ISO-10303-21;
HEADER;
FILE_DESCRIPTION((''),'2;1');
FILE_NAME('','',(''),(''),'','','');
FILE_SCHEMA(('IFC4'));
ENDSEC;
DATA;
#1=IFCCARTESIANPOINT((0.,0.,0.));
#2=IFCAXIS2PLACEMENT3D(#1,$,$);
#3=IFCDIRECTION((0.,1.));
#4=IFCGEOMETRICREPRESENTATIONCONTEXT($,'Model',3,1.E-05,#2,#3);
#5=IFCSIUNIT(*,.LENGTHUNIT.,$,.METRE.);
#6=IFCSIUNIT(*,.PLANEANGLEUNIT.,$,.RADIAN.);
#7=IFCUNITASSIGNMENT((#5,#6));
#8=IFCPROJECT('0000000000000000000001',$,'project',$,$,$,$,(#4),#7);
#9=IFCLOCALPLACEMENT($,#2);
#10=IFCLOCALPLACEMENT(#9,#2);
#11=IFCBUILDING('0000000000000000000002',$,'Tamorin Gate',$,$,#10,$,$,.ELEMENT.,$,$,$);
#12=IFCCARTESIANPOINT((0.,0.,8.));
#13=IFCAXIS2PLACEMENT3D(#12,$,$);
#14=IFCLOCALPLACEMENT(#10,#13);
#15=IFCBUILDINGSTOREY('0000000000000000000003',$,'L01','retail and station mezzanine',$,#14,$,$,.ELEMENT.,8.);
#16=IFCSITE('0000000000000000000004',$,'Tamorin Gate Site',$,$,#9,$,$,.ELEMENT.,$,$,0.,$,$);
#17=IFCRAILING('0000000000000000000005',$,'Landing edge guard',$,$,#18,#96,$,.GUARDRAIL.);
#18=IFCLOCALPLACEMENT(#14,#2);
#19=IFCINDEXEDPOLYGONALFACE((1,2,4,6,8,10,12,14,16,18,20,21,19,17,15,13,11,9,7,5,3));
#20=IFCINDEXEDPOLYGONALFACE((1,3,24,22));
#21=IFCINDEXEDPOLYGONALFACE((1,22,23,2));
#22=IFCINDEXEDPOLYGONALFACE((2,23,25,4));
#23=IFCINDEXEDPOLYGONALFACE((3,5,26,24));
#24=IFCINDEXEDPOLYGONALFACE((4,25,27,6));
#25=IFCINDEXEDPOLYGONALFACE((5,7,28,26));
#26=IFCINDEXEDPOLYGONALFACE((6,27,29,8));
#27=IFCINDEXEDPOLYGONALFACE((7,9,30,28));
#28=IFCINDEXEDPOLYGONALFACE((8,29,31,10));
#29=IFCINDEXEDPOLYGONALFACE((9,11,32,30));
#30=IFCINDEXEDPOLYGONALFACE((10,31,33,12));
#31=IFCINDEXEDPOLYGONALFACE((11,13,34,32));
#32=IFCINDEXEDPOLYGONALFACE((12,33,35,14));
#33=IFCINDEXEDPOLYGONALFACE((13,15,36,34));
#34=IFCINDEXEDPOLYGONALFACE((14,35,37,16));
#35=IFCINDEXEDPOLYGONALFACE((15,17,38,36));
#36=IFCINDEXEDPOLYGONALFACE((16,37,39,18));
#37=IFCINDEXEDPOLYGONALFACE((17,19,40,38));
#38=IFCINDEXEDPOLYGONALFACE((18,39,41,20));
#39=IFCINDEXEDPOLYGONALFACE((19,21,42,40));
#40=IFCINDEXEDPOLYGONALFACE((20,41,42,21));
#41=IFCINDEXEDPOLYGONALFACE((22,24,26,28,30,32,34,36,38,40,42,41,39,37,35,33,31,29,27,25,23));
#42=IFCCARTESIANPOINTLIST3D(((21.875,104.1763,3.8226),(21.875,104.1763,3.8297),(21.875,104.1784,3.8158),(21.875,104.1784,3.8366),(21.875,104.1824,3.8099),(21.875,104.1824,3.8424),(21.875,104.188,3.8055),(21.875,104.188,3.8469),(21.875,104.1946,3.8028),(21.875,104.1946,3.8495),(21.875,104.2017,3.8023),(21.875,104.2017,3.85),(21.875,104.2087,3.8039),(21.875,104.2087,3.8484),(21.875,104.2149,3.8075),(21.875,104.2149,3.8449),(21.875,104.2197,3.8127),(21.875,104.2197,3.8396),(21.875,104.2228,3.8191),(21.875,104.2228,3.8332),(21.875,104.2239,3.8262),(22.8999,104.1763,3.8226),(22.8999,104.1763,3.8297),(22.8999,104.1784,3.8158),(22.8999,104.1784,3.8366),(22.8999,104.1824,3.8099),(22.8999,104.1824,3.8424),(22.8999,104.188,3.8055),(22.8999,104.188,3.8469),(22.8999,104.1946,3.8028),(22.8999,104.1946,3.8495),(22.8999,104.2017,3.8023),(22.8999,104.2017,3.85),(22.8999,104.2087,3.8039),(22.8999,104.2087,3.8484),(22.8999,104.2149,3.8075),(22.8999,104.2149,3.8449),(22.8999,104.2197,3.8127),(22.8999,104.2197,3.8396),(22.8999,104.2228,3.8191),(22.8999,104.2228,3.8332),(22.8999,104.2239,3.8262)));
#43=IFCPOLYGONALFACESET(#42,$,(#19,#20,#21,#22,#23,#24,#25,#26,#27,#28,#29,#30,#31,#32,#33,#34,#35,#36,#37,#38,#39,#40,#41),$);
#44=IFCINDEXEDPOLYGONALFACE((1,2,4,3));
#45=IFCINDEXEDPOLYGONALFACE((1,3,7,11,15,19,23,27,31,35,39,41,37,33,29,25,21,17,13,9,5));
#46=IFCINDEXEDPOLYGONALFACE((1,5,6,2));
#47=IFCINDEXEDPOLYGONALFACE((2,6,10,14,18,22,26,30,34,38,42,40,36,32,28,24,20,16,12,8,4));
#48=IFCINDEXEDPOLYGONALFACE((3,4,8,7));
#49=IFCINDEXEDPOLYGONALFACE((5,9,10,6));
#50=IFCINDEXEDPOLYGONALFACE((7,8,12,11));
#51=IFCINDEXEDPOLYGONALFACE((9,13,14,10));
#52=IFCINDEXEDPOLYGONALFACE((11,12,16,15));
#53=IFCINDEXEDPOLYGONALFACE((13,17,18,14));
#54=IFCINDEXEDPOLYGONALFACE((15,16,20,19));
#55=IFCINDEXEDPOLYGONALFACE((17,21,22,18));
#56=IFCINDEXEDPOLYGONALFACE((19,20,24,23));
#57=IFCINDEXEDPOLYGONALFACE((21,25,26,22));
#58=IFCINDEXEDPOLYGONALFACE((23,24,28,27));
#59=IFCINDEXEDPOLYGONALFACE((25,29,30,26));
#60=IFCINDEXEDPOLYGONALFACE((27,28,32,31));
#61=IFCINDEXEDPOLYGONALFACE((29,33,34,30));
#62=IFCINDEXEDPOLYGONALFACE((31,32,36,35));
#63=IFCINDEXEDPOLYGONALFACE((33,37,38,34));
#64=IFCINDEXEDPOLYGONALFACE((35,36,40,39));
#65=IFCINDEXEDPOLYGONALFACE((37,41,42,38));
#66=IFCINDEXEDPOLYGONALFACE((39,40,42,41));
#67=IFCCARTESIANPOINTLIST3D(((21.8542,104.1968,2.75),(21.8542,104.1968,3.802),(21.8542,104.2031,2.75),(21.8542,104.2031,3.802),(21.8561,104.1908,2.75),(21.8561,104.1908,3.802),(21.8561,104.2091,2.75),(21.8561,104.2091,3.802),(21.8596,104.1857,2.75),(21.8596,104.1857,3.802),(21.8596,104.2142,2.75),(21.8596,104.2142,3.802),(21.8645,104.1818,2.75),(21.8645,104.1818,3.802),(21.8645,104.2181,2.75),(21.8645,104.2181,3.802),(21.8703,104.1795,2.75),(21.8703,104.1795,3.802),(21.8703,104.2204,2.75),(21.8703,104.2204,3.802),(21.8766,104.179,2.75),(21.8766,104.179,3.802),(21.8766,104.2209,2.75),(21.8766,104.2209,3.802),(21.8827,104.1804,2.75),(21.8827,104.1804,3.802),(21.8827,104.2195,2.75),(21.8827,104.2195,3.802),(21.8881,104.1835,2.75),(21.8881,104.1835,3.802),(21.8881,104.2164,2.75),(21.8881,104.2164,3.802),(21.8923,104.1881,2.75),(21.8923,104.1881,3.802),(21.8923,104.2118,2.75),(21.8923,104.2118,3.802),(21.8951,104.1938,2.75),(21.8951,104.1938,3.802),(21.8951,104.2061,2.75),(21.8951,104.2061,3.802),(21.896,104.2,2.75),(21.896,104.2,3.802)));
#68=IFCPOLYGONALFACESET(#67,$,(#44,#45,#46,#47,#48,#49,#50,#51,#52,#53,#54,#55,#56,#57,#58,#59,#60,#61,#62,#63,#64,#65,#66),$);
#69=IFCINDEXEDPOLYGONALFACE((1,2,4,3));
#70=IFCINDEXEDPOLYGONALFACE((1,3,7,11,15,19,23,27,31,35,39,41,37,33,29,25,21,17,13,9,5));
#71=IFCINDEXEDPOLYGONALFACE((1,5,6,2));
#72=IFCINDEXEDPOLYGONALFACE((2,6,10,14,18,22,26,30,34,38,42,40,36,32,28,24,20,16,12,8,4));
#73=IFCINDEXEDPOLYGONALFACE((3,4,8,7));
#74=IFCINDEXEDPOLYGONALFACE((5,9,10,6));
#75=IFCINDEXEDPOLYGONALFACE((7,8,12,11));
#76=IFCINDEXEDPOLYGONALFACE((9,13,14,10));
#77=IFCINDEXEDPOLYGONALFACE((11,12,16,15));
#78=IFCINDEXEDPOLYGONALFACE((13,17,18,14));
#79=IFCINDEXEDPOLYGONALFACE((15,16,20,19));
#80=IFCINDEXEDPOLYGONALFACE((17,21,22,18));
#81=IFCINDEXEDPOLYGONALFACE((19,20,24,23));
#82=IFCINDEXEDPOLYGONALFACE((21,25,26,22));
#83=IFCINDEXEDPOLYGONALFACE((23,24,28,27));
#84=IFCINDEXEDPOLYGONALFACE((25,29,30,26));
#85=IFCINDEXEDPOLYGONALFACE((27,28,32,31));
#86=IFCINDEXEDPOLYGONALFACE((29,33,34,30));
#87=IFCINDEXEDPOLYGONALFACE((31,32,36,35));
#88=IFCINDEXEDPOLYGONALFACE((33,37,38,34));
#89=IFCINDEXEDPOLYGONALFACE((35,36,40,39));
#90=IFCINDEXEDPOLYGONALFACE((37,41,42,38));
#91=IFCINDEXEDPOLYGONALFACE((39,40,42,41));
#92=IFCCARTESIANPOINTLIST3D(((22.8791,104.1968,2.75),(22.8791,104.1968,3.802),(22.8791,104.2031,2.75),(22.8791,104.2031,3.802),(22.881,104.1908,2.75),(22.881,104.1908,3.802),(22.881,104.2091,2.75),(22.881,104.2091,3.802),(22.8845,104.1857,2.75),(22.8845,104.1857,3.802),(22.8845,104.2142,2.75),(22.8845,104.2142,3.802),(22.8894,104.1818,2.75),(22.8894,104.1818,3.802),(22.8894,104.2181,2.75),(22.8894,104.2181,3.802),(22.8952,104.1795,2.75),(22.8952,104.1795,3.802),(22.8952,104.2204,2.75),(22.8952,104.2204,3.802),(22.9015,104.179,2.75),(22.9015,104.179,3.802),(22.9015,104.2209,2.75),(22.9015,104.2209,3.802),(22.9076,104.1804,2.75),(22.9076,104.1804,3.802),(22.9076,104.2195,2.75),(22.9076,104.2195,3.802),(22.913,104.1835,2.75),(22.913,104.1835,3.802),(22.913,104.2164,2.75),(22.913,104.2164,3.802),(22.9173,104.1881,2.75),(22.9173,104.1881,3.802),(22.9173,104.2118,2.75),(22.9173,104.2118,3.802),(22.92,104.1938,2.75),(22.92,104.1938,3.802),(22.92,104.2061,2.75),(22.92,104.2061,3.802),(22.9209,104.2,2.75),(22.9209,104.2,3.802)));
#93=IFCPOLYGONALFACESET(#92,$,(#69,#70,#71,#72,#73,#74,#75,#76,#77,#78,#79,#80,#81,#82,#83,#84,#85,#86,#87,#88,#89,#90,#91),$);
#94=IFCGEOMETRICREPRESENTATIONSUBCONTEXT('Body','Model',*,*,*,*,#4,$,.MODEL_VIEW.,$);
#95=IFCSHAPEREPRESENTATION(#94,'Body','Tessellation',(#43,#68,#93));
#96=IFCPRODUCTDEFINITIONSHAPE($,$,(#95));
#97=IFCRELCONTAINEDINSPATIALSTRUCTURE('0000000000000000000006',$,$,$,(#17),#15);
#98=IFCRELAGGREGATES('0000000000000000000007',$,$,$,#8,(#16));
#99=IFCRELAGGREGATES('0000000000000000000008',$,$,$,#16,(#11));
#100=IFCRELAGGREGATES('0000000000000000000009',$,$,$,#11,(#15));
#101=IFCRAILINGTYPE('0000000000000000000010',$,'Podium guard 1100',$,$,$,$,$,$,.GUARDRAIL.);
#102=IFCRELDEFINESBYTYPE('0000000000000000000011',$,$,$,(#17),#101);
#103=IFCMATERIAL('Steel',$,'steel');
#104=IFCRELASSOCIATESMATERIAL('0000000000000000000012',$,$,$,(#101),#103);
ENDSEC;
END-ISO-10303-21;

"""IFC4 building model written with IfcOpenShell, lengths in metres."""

from ifc_helpers import new_model, si_unit, direction, frame, origin, origin_2d, place, context, subcontext, project, spatial, circle, extrude, material, type_object, element, save


model = new_model("IFC4")

# Units and contexts
model_context = context("Model", 3, precision=1e-05, world=origin(), true_north=direction((0.0, 1.0)))
body_context = subcontext(model_context, "Body", "Model", "MODEL_VIEW")
ifc_project = project(units=[si_unit("LENGTHUNIT", "METRE"), si_unit("PLANEANGLEUNIT", "RADIAN")], contexts=[model_context])

# Site, building, storey
site_placement = place(None, origin())
site = spatial("IfcSite", under=ifc_project, at=site_placement, Name="Tamorin Gate Site", CompositionType="ELEMENT", RefElevation=0.0)
building_placement = place(site_placement, origin())
building = spatial("IfcBuilding", under=site, at=building_placement, Name="Tamorin Gate", CompositionType="ELEMENT")
storey_placement = place(building_placement, frame((0.0, 0.0, 8.0)))
storey = spatial("IfcBuildingStorey", under=building, at=storey_placement, Name="L01", Description="retail and station mezzanine", CompositionType="ELEMENT", Elevation=8.0)

# Railing
ifc_material_1 = material(Name="Steel", Category="steel")
railing_type = type_object("IfcRailingType", Name="Podium guard 1100", PredefinedType="GUARDRAIL", material=ifc_material_1)
railing_1_placement = place(storey_placement, frame((21.875, 104.2, 2.75)))
element("IfcRailing", 1, at=railing_1_placement, inside=storey, type_object=railing_type, Name="Landing edge guard", PredefinedType="GUARDRAIL", context=body_context, shape_type="SweptSolid", body=[
    extrude(circle(Radius=0.0239, at=origin_2d()), frame((0.0, 0.0, 1.0762), z_axis=(1.0, 0.0, 0.0), x_axis=(0.0, 1.0, 0.0)), (0.0, 0.0, 1.0), 1.0249),
    extrude(circle(Radius=0.021, at=origin_2d()), origin(), (0.0, 0.0, 1.0), 1.052),
    extrude(circle(Radius=0.021, at=origin_2d()), frame((1.0249, 0.0, 0.0)), (0.0, 0.0, 1.0), 1.052),
])

save(model, "model.ifc")
